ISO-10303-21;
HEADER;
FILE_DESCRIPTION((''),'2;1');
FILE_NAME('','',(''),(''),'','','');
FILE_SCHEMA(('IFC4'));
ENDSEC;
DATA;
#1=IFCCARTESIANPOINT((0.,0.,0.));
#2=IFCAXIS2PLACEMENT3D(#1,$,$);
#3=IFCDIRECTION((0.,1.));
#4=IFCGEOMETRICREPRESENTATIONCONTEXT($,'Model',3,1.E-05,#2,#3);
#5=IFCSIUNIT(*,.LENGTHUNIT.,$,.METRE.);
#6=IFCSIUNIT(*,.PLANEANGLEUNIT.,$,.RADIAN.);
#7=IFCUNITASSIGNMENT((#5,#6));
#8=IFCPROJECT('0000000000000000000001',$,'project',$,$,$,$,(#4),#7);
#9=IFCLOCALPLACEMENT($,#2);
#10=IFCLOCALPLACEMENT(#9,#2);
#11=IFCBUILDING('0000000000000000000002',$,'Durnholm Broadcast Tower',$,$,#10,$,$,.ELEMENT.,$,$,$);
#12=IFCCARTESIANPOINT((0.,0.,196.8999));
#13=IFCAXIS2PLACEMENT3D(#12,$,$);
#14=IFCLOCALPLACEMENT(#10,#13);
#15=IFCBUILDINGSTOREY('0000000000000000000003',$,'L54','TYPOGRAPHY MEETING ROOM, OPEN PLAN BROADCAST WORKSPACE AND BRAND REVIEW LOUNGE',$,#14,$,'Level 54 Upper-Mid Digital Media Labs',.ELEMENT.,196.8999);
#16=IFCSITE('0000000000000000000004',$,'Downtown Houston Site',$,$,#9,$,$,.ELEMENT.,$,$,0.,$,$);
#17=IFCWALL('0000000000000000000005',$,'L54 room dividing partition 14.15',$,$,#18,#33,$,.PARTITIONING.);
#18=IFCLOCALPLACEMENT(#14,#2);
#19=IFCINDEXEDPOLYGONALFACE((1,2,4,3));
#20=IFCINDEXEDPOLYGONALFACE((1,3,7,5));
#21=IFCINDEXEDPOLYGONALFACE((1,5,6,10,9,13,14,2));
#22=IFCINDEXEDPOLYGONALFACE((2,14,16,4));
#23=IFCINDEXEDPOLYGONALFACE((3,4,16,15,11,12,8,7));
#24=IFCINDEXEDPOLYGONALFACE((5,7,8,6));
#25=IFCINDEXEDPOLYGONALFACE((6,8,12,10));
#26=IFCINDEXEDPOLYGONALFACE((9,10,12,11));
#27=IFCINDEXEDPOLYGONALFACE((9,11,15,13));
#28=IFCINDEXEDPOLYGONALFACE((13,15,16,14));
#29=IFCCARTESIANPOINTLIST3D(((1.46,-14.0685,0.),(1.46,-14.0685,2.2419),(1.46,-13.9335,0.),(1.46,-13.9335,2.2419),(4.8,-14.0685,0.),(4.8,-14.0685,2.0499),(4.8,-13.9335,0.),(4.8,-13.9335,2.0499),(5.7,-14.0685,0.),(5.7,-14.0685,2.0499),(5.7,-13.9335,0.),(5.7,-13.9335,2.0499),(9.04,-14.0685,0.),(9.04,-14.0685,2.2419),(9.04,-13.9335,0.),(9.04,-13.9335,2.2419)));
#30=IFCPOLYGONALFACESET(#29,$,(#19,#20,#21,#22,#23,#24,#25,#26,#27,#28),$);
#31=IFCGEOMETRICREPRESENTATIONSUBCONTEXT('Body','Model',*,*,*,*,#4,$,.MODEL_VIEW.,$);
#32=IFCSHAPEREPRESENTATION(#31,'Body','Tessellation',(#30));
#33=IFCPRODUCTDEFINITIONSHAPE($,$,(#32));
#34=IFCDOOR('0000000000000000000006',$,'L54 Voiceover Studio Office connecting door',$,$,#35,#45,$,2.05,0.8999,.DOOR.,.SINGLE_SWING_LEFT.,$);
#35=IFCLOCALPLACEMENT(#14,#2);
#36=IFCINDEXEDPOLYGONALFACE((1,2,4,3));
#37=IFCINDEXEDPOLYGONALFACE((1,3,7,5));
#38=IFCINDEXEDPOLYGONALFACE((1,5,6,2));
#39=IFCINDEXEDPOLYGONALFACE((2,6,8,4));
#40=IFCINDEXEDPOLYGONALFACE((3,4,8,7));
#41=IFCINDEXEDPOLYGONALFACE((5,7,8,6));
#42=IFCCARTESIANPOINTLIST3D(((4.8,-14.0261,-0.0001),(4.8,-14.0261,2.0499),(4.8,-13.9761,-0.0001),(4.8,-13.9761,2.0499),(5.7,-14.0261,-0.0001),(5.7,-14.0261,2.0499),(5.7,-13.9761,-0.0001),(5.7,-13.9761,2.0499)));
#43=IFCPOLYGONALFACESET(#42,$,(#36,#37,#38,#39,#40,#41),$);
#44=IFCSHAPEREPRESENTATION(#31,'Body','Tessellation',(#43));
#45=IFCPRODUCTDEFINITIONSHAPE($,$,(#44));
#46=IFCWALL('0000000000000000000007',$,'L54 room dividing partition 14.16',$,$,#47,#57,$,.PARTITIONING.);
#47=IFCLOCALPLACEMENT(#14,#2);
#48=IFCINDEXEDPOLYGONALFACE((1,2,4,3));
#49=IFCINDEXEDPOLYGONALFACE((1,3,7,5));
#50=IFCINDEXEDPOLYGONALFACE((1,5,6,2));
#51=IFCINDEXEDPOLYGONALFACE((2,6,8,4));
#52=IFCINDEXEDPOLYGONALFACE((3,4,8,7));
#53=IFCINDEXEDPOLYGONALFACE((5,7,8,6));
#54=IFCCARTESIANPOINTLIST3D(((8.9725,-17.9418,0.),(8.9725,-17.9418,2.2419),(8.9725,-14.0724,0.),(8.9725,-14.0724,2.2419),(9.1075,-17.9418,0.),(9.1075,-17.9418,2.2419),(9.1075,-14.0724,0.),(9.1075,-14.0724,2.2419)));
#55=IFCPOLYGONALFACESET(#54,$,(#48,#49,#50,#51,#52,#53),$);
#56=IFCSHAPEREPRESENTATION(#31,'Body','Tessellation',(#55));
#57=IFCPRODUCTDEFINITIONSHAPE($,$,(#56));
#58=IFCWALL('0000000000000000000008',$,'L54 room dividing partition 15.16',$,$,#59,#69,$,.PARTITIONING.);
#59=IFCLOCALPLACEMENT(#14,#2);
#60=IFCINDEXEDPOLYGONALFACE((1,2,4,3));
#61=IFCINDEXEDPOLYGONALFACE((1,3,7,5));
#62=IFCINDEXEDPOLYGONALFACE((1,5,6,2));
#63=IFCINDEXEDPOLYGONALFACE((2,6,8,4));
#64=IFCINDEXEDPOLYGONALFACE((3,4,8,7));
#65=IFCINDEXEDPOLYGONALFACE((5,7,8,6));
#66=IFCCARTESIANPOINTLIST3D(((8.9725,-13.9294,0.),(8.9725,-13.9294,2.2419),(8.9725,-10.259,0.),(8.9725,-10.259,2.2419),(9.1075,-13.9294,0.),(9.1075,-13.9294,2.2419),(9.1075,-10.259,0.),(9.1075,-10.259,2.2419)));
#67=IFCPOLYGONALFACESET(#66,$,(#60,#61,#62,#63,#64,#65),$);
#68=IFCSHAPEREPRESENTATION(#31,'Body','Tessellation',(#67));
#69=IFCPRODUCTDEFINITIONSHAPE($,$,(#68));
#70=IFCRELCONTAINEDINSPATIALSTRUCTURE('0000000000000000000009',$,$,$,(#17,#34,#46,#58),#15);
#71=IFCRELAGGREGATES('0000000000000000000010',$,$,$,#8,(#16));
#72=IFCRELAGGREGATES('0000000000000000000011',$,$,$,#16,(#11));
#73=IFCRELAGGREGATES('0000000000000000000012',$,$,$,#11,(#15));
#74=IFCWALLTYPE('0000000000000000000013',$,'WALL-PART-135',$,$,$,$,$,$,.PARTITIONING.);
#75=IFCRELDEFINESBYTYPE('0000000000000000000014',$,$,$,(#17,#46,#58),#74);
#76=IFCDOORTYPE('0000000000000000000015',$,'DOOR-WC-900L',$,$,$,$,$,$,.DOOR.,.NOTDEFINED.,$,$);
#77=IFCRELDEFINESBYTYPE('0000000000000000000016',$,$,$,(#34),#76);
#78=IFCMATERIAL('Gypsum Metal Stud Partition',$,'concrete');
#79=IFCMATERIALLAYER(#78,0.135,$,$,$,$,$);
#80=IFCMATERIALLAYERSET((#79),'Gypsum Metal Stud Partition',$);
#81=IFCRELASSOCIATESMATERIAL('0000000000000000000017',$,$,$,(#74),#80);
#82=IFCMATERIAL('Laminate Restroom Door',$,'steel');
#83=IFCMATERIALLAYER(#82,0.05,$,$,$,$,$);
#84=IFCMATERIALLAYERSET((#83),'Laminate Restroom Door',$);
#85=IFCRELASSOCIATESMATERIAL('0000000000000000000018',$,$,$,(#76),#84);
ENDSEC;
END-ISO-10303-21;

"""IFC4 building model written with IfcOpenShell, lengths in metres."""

from ifc_helpers import new_model, si_unit, direction, frame, frame_2d, origin, place, context, subcontext, project, spatial, rectangle, extrude, source, transform, mapped, material, layer, layer_set, type_object, type_shapes, element, fill, save


model = new_model("IFC4")

# Units and contexts
model_context = context("Model", 3, precision=1e-05, world=origin(), true_north=direction((0.0, 1.0)))
body_context = subcontext(model_context, "Body", "Model", "MODEL_VIEW")
ifc_project = project(units=[si_unit("LENGTHUNIT", "METRE"), si_unit("PLANEANGLEUNIT", "RADIAN")], contexts=[model_context])

# Site, building, storey
site_placement = place(None, origin())
site = spatial("IfcSite", under=ifc_project, at=site_placement, Name="Downtown Houston Site", CompositionType="ELEMENT", RefElevation=0.0)
building_placement = place(site_placement, origin())
building = spatial("IfcBuilding", under=site, at=building_placement, Name="Durnholm Broadcast Tower", CompositionType="ELEMENT")
storey_placement = place(building_placement, frame((0.0, 0.0, 196.8999)))
storey = spatial("IfcBuildingStorey", under=building, at=storey_placement, Name="L54", Description="TYPOGRAPHY MEETING ROOM, OPEN PLAN BROADCAST WORKSPACE AND BRAND REVIEW LOUNGE", LongName="Level 54 Upper-Mid Digital Media Labs", CompositionType="ELEMENT", Elevation=196.8999)

# Wall, opening, door
ifc_material_1 = material(Name="Gypsum Metal Stud Partition", Category="concrete")
ifc_layer_1 = layer(ifc_material_1, 0.135)
ifc_layer_set_1 = layer_set([ifc_layer_1], Name="Gypsum Metal Stud Partition")
wall_type = type_object("IfcWallType", Name="WALL-PART-135", PredefinedType="PARTITIONING", material=ifc_layer_set_1)
wall_1_placement = place(storey_placement, frame((1.46, -14.001, 0.0), z_axis=(0.0, 0.0, 1.0), x_axis=(1.0, 0.0, 0.0)))
wall_1 = element("IfcWall", 1, at=wall_1_placement, inside=storey, type_object=wall_type, Name="L54 room dividing partition 14.15", PredefinedType="PARTITIONING", context=body_context, shape_type="SweptSolid", body=[
    extrude(rectangle(XDim=7.5801, YDim=0.135, at=frame_2d((3.79, 0.0))), origin(), (0.0, 0.0, 1.0), 2.2419),
])
opening_placement = place(wall_1_placement, frame((3.3401, 0.0, 0.0)))
opening = element("IfcOpeningElement", 2, at=opening_placement, cuts=wall_1, PredefinedType="OPENING", context=body_context, shape_type="SweptSolid", body=[
    extrude(rectangle(XDim=0.8999, YDim=2.05, at=frame_2d((0.45, 1.0249))), frame((0.0, 0.0776, 0.0), z_axis=(0.0, -1.0, 0.0), x_axis=(1.0, 0.0, 0.0)), (0.0, 0.0, 1.0), 0.155),
])
ifc_material_2 = material(Name="Laminate Restroom Door", Category="steel")
ifc_layer_2 = layer(ifc_material_2, 0.05)
ifc_layer_set_2 = layer_set([ifc_layer_2], Name="Laminate Restroom Door")
door_type = type_object("IfcDoorType", Name="DOOR-WC-900L", OperationType="NOTDEFINED", PredefinedType="DOOR", material=ifc_layer_set_2)
shared_shape_1 = source(origin(), body_context, "Body", "SweptSolid", [
    extrude(rectangle(XDim=0.8999, YDim=2.05, at=frame_2d((0.45, 1.0249))), frame((0.0, 0.0249, 0.0), z_axis=(0.0, -1.0, 0.0), x_axis=(1.0, 0.0, 0.0)), (0.0, 0.0, 1.0), 0.05),
])
type_shapes(door_type, [shared_shape_1])
door_placement = place(opening_placement, origin())
door = element("IfcDoor", 3, at=door_placement, inside=storey, type_object=door_type, Name="L54 Voiceover Studio Office connecting door", OperationType="SINGLE_SWING_LEFT", OverallHeight=2.05, OverallWidth=0.8999, PredefinedType="DOOR", context=body_context, shape_type="MappedRepresentation", body=[
    mapped(shared_shape_1, transform((0.0, 0.0, 0.0), x_axis=(1.0, 0.0, 0.0), y_axis=(0.0, 1.0, 0.0), z_axis=(0.0, 0.0, 1.0), scale=1.0)),
])
fill(opening, door)

# Walls
wall_2_placement = place(storey_placement, frame((9.04, -14.0725, 0.0), z_axis=(0.0, 0.0, 1.0), x_axis=(0.0, -1.0, 0.0)))
element("IfcWall", 4, at=wall_2_placement, inside=storey, type_object=wall_type, Name="L54 room dividing partition 14.16", PredefinedType="PARTITIONING", context=body_context, shape_type="SweptSolid", body=[
    extrude(rectangle(XDim=3.8694, YDim=0.135, at=frame_2d((1.9346, 0.0))), origin(), (0.0, 0.0, 1.0), 2.2419),
])
wall_3_placement = place(storey_placement, frame((9.04, -10.259, 0.0), z_axis=(0.0, 0.0, 1.0), x_axis=(0.0, -1.0, 0.0)))
element("IfcWall", 5, at=wall_3_placement, inside=storey, type_object=wall_type, Name="L54 room dividing partition 15.16", PredefinedType="PARTITIONING", context=body_context, shape_type="SweptSolid", body=[
    extrude(rectangle(XDim=3.6704, YDim=0.135, at=frame_2d((1.8352, 0.0))), origin(), (0.0, 0.0, 1.0), 2.2419),
])

save(model, "model.ifc")
